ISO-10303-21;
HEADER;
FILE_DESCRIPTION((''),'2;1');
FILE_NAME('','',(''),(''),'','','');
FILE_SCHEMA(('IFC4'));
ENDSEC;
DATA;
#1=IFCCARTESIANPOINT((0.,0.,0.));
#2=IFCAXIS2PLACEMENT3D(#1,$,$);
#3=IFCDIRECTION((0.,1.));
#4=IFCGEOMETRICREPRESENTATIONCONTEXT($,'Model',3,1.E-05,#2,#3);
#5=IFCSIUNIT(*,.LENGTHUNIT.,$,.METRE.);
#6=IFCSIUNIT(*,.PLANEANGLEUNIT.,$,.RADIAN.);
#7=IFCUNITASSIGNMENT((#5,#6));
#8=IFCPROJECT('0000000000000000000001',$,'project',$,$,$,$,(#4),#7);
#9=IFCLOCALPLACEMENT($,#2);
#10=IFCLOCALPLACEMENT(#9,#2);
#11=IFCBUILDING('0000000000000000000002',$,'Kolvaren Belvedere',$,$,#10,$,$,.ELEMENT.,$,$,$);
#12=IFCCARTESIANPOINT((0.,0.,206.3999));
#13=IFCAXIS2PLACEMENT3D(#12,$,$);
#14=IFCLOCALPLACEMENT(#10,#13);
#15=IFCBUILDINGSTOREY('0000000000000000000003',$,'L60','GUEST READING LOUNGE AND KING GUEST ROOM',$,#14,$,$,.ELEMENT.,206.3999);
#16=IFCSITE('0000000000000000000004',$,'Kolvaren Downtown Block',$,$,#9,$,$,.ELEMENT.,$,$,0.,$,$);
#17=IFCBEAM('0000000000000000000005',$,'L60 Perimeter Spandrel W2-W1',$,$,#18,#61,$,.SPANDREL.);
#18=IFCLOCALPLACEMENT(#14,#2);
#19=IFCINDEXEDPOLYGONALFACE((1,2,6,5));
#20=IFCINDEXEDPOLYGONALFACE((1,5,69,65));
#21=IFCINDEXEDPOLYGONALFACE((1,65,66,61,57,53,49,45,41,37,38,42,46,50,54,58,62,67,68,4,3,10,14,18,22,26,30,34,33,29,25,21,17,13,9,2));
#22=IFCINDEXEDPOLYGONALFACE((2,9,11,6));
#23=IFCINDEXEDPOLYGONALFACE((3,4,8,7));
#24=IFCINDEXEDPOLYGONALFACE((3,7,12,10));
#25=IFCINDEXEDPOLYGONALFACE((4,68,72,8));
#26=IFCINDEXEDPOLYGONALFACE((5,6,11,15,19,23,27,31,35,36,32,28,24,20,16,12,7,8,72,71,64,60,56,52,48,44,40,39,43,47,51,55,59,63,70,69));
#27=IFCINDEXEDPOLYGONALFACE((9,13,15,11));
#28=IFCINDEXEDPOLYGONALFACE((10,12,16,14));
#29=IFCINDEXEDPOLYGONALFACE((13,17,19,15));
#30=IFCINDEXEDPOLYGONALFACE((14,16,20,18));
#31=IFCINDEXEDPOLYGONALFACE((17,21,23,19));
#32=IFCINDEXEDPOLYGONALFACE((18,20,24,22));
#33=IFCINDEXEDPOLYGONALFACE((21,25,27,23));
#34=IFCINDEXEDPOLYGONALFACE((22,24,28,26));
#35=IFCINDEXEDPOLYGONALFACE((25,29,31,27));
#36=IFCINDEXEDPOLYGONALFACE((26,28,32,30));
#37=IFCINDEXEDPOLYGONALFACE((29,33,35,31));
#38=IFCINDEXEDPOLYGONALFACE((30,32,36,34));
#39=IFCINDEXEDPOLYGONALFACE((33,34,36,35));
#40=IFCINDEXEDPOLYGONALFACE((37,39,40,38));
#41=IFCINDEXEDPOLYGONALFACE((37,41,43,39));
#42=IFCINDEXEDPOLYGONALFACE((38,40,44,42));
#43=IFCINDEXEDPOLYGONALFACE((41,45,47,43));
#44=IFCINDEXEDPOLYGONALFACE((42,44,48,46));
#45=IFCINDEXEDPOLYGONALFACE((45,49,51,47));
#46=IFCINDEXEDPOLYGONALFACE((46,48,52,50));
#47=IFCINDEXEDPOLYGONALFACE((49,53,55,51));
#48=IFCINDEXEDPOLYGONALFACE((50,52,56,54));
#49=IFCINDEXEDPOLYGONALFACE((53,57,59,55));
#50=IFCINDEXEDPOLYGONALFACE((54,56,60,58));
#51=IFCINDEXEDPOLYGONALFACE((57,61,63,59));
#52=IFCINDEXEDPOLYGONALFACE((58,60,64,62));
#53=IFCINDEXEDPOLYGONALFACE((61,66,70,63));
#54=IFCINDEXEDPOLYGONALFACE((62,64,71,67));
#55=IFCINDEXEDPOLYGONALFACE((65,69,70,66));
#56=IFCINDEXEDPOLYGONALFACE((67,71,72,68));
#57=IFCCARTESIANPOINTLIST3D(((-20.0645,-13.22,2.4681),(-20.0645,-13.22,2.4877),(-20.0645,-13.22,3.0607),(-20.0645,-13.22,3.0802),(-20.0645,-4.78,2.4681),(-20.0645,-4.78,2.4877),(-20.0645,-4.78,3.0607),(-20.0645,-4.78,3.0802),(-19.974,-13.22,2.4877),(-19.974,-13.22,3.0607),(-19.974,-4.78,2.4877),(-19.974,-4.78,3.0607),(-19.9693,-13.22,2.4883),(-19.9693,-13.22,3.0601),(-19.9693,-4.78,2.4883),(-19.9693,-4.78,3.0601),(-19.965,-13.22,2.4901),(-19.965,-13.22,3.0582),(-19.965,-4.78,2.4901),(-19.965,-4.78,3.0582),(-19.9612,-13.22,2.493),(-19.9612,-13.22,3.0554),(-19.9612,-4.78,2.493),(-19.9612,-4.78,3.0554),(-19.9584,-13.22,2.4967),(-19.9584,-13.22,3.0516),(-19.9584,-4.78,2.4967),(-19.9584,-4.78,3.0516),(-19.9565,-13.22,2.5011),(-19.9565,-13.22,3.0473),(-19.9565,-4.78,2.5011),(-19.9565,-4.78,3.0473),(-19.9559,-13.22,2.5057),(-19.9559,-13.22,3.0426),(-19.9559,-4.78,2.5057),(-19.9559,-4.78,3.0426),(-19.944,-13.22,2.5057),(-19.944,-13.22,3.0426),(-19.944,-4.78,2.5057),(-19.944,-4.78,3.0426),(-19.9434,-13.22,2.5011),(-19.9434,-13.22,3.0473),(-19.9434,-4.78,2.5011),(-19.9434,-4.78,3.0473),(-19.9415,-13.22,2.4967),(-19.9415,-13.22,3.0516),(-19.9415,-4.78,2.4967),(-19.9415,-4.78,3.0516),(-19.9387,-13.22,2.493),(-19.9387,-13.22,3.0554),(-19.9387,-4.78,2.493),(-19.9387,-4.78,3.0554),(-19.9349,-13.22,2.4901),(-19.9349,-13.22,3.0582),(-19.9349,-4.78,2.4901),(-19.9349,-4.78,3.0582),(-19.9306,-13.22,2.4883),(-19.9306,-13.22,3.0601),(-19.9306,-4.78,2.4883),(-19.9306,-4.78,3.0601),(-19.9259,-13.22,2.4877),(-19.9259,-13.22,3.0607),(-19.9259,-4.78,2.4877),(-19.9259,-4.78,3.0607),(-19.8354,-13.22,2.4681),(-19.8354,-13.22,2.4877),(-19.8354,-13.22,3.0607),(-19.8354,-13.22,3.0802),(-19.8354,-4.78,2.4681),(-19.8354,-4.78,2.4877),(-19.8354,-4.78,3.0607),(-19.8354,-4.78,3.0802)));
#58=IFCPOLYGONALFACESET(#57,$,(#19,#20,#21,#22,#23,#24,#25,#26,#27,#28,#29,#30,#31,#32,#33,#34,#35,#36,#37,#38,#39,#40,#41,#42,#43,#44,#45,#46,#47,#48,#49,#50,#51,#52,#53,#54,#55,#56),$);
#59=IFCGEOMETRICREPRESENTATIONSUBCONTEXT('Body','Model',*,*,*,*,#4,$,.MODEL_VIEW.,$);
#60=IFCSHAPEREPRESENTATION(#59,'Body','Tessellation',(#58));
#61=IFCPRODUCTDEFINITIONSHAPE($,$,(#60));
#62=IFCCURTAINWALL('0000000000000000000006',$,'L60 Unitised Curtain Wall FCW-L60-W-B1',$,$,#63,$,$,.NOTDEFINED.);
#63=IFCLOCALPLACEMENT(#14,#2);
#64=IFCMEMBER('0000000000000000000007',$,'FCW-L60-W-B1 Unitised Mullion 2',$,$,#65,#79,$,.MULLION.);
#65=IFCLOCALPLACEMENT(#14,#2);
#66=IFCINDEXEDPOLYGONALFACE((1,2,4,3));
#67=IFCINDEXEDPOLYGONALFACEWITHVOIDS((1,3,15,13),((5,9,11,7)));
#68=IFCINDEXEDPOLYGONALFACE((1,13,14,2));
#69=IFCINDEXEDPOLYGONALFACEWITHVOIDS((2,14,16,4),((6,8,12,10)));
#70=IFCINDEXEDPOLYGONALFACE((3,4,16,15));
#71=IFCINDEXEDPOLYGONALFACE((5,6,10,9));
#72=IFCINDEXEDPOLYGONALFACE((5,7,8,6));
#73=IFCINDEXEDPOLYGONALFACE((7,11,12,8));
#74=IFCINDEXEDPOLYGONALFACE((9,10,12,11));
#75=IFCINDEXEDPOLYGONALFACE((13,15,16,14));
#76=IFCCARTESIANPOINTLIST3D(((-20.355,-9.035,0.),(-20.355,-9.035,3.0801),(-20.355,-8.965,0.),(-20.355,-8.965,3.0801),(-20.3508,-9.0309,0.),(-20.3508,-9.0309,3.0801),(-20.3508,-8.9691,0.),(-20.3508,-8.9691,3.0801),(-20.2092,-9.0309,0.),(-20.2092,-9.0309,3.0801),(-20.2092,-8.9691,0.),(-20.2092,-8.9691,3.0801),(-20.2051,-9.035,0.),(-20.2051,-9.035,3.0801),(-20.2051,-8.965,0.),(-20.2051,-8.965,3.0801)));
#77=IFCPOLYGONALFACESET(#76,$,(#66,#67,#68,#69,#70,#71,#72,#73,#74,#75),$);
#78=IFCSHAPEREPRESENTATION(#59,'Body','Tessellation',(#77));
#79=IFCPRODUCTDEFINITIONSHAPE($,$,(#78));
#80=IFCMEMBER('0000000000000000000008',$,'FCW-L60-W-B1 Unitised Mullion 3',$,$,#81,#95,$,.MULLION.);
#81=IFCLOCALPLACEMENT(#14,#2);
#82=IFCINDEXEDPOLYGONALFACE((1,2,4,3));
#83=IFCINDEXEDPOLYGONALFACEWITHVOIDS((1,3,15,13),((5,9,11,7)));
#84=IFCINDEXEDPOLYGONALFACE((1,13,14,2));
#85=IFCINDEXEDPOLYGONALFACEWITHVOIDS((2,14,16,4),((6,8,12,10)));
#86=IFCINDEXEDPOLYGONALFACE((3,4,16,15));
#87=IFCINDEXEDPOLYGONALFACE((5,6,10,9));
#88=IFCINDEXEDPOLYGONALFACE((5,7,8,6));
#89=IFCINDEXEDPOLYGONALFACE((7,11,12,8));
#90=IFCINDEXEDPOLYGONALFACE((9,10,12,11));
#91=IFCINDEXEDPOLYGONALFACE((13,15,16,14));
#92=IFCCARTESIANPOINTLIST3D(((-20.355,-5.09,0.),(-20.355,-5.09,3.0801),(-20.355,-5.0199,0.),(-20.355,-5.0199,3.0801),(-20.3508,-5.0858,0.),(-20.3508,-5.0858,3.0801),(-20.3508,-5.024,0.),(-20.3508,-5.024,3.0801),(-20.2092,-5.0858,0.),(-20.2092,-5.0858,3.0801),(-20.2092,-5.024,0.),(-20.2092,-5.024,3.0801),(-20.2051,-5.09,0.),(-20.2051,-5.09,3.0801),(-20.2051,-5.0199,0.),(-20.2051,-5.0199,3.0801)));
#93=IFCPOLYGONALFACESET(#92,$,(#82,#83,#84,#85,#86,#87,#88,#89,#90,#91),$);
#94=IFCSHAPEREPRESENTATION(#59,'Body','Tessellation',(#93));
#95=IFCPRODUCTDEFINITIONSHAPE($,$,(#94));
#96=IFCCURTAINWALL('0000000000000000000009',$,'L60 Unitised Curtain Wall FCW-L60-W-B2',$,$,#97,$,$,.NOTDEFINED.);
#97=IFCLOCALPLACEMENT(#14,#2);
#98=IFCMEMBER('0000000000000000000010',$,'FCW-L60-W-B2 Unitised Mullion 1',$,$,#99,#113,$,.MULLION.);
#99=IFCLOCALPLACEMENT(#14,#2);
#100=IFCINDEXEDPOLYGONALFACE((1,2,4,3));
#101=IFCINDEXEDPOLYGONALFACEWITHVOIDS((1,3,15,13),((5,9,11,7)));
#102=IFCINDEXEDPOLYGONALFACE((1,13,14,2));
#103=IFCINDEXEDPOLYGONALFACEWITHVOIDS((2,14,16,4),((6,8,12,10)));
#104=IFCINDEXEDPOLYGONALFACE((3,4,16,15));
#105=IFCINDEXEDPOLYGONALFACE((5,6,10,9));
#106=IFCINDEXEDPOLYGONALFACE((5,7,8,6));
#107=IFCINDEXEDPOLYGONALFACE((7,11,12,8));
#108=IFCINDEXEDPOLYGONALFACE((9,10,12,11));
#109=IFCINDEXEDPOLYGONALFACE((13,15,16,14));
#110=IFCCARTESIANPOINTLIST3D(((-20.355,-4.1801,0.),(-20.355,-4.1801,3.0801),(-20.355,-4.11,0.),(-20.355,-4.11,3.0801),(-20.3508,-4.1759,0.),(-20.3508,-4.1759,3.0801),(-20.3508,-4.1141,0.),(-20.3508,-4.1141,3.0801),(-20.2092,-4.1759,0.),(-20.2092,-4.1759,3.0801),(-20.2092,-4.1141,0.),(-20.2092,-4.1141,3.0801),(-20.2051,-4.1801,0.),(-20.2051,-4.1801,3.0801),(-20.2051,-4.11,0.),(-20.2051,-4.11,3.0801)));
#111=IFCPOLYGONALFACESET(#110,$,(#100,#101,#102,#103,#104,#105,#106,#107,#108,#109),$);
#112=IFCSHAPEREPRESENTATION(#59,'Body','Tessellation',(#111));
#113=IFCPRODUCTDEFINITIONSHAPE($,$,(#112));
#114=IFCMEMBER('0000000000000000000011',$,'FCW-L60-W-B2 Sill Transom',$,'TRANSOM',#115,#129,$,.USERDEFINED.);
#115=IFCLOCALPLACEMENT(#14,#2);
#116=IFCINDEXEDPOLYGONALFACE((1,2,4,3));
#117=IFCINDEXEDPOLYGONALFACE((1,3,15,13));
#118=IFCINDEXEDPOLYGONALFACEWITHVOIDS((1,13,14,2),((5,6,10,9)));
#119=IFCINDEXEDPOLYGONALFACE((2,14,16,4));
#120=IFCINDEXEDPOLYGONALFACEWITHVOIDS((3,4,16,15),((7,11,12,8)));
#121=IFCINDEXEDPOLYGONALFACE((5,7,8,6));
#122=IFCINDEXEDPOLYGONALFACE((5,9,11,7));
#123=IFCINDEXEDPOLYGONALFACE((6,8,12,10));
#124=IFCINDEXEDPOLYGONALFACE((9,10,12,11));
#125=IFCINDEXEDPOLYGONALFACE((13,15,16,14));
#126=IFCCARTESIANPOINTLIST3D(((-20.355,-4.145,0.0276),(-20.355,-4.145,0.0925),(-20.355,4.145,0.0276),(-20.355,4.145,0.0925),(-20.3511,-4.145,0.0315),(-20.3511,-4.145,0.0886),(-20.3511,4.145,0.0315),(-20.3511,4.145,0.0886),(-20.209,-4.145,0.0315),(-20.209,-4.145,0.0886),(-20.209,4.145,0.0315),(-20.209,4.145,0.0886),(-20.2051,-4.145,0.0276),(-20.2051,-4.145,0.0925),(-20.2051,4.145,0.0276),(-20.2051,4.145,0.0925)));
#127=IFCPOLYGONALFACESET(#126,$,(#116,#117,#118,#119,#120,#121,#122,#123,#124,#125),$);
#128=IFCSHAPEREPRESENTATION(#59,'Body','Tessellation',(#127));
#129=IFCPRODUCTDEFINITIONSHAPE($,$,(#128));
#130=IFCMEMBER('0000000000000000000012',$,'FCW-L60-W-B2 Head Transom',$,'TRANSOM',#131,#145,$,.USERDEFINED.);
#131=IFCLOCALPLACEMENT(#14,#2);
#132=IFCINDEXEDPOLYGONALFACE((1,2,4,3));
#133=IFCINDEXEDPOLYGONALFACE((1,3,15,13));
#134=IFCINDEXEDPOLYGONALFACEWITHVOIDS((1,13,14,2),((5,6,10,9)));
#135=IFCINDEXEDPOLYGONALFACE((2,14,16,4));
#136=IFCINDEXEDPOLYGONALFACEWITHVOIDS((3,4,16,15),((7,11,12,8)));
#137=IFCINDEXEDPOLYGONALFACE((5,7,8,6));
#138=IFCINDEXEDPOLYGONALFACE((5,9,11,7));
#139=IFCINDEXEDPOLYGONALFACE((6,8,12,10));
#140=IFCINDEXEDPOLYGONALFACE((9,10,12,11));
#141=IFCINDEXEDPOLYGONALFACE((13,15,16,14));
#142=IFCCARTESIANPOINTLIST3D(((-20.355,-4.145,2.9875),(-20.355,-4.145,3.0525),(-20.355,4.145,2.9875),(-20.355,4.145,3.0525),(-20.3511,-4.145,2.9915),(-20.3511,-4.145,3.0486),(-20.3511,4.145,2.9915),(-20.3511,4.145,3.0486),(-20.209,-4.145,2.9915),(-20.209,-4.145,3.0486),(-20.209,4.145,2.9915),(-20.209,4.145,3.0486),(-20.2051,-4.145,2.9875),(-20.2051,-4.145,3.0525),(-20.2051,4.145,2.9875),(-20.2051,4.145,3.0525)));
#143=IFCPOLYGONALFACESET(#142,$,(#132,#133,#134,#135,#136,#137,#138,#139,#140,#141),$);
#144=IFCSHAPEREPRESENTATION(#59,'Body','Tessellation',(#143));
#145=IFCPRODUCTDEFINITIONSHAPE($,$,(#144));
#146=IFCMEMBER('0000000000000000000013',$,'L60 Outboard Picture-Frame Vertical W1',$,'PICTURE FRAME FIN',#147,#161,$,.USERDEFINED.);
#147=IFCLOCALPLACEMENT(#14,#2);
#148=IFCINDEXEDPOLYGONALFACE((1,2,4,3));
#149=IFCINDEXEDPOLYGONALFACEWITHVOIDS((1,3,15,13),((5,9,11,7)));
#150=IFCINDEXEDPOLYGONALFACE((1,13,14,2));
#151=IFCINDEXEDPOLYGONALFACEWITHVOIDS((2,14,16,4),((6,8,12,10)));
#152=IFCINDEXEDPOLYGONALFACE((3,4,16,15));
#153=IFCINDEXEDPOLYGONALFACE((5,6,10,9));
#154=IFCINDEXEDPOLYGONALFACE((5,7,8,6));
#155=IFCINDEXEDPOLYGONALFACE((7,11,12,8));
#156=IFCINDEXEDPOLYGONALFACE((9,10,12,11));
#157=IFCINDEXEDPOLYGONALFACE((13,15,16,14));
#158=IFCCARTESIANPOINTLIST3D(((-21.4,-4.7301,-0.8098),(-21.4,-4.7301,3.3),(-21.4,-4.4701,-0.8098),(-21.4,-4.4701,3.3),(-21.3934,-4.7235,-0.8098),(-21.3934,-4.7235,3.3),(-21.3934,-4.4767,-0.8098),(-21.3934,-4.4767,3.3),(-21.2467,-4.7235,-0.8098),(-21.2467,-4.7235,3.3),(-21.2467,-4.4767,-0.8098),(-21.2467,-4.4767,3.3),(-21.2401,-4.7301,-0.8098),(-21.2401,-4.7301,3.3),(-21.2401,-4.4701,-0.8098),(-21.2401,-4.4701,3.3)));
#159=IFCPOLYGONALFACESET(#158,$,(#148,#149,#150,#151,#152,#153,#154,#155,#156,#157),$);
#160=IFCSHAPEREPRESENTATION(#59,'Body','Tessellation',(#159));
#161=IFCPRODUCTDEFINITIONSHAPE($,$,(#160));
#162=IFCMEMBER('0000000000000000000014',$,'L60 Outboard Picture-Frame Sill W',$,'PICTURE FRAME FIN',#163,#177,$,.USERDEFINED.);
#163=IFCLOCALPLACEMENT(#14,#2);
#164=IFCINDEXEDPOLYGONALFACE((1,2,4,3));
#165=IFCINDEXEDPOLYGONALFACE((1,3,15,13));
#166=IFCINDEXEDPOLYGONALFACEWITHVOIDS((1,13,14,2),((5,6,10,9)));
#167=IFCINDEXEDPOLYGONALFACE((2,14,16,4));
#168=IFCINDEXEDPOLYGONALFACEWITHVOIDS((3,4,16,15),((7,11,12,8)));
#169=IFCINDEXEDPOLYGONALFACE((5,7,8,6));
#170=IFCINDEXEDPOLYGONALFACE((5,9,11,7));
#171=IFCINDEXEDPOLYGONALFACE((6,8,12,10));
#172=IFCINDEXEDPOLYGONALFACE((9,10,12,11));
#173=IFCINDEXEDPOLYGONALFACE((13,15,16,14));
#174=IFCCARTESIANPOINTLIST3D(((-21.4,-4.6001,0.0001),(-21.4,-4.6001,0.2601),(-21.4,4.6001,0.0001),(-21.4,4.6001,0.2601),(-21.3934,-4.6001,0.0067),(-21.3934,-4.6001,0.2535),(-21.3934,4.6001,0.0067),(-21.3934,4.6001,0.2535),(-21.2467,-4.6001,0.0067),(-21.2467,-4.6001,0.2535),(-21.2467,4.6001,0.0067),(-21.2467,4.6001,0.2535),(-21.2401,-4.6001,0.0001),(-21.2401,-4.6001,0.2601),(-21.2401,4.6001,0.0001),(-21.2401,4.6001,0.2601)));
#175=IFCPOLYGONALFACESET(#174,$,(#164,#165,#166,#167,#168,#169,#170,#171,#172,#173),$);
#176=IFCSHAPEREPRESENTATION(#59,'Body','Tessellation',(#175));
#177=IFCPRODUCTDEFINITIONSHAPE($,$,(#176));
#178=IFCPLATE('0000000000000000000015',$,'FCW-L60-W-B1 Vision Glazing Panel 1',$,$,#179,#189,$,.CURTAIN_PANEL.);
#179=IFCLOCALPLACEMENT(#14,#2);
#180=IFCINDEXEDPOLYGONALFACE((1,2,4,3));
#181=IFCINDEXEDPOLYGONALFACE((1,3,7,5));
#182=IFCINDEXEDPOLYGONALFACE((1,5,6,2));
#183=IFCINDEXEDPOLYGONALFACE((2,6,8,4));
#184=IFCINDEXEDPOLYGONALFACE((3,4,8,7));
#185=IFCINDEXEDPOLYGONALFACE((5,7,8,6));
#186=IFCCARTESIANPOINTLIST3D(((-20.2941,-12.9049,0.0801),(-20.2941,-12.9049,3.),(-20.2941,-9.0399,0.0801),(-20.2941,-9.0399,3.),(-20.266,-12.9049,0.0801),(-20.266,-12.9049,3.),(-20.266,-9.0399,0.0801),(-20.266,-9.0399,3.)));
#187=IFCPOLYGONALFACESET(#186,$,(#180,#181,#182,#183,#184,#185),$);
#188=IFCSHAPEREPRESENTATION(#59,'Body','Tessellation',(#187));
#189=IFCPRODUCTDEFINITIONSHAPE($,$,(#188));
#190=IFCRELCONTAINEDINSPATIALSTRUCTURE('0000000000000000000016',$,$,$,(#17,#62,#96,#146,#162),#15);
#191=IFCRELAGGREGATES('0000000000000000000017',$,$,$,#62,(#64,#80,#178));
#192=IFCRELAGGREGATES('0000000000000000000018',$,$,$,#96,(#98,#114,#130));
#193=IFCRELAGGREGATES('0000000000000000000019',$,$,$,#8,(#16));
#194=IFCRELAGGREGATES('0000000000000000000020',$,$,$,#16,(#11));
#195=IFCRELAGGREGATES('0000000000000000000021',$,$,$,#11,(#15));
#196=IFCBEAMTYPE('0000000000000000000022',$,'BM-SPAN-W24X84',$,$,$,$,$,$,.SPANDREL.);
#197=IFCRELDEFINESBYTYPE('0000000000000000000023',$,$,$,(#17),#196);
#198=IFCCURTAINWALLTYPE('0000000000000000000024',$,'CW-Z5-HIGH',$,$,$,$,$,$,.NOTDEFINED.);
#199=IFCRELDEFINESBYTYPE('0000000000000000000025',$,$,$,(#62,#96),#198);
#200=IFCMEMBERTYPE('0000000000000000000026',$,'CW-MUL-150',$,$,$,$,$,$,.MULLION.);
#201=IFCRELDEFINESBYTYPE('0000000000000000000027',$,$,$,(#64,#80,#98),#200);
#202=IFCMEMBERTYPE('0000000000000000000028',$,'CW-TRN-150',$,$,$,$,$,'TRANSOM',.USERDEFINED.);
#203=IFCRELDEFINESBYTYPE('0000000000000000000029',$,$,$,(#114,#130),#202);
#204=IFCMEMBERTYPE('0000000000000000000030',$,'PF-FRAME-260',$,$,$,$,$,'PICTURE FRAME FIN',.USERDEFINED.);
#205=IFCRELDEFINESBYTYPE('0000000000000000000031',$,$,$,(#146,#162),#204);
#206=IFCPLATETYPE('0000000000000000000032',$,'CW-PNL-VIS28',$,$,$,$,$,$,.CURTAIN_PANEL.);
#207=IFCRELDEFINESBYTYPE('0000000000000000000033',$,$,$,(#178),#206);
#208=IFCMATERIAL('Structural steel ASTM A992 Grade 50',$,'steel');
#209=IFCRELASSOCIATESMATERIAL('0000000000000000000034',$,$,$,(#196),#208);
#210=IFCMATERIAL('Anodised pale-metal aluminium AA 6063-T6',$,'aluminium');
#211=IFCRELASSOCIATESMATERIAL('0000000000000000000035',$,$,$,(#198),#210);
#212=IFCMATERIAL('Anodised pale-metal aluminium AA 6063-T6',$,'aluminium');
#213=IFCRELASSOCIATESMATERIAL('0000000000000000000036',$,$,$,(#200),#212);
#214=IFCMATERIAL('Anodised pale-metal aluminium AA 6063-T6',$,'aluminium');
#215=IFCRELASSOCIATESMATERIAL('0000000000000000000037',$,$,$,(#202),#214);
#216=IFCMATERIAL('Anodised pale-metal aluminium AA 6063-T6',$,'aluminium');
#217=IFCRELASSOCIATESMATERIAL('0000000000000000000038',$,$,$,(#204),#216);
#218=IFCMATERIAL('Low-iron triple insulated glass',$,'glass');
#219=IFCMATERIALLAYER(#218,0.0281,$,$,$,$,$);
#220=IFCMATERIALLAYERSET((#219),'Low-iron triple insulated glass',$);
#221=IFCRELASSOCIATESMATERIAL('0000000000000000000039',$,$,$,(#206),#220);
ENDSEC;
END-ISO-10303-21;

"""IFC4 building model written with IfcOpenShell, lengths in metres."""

from ifc_helpers import new_model, si_unit, direction, frame, origin, origin_2d, place, context, subcontext, project, spatial, rectangle, hollow_rectangle, i_section, extrude, material, layer, layer_set, material_profile, profile_set, type_object, element, aggregate, save


model = new_model("IFC4")

# Units and contexts
model_context = context("Model", 3, precision=1e-05, world=origin(), true_north=direction((0.0, 1.0)))
body_context = subcontext(model_context, "Body", "Model", "MODEL_VIEW")
ifc_project = project(units=[si_unit("LENGTHUNIT", "METRE"), si_unit("PLANEANGLEUNIT", "RADIAN")], contexts=[model_context])

# Site, building, storey
site_placement = place(None, origin())
site = spatial("IfcSite", under=ifc_project, at=site_placement, Name="Kolvaren Downtown Block", CompositionType="ELEMENT", RefElevation=0.0)
building_placement = place(site_placement, origin())
building = spatial("IfcBuilding", under=site, at=building_placement, Name="Kolvaren Belvedere", CompositionType="ELEMENT")
storey_placement = place(building_placement, frame((0.0, 0.0, 206.3999)))
storey = spatial("IfcBuildingStorey", under=building, at=storey_placement, Name="L60", Description="GUEST READING LOUNGE AND KING GUEST ROOM", CompositionType="ELEMENT", Elevation=206.3999)

# Beam
ifc_material_1 = material(Name="Structural steel ASTM A992 Grade 50", Category="steel")
ifc_material_profile_1 = material_profile(ifc_material_1, i_section(OverallWidth=0.229, OverallDepth=0.6121, WebThickness=0.012, FlangeThickness=0.0195, FilletRadius=0.0181, at=origin_2d()), Name="W24X84")
ifc_profile_set_1 = profile_set([ifc_material_profile_1], Name="Structural steel ASTM A992 Grade 50")
beam_type_1 = type_object("IfcBeamType", Name="BM-SPAN-W24X84", PredefinedType="SPANDREL", material=ifc_profile_set_1)
beam_1_placement = place(storey_placement, frame((-19.95, -4.78, 2.7742), z_axis=(0.0, -1.0, 0.0), x_axis=(1.0, 0.0, 0.0)))
element("IfcBeam", 1, at=beam_1_placement, inside=storey, type_object=beam_type_1, Name="L60 Perimeter Spandrel W2-W1", PredefinedType="SPANDREL", context=body_context, shape_type="SweptSolid", body=[
    extrude(i_section(OverallWidth=0.229, OverallDepth=0.6121, WebThickness=0.012, FlangeThickness=0.0195, FilletRadius=0.0181, at=origin_2d()), origin(), (0.0, 0.0, 1.0), 8.4399),
])

# Curtain walls, members
ifc_material_2 = material(Name="Anodised pale-metal aluminium AA 6063-T6", Category="aluminium")
curtain_wall_type = type_object("IfcCurtainWallType", Name="CW-Z5-HIGH", PredefinedType="NOTDEFINED", material=ifc_material_2)
curtain_wall_1_placement = place(storey_placement, origin())
curtain_wall_1 = element("IfcCurtainWall", 2, at=curtain_wall_1_placement, inside=storey, type_object=curtain_wall_type, Name="L60 Unitised Curtain Wall FCW-L60-W-B1", PredefinedType="NOTDEFINED")
ifc_material_3 = material(Name="Anodised pale-metal aluminium AA 6063-T6", Category="aluminium")
ifc_material_profile_2 = material_profile(ifc_material_3, hollow_rectangle(XDim=0.0701, YDim=0.1499, WallThickness=0.0042, at=origin_2d()), Name="ALU-MUL-150X70")
ifc_profile_set_2 = profile_set([ifc_material_profile_2], Name="Anodised pale-metal aluminium AA 6063-T6")
member_type_1 = type_object("IfcMemberType", Name="CW-MUL-150", PredefinedType="MULLION", material=ifc_profile_set_2)
member_1_placement = place(storey_placement, frame((-20.28, -9.0, 0.0), z_axis=(0.0, 0.0, 1.0), x_axis=(0.0, 1.0, 0.0)))
member_1 = element("IfcMember", 3, at=member_1_placement, type_object=member_type_1, Name="FCW-L60-W-B1 Unitised Mullion 2", PredefinedType="MULLION", context=body_context, shape_type="SweptSolid", body=[
    extrude(hollow_rectangle(XDim=0.0701, YDim=0.1499, WallThickness=0.0042, at=origin_2d()), origin(), (0.0, 0.0, 1.0), 3.0801),
])
member_2_placement = place(storey_placement, frame((-20.28, -5.0549, 0.0), z_axis=(0.0, 0.0, 1.0), x_axis=(0.0, 1.0, 0.0)))
member_2 = element("IfcMember", 4, at=member_2_placement, type_object=member_type_1, Name="FCW-L60-W-B1 Unitised Mullion 3", PredefinedType="MULLION", context=body_context, shape_type="SweptSolid", body=[
    extrude(hollow_rectangle(XDim=0.0701, YDim=0.1499, WallThickness=0.0042, at=origin_2d()), origin(), (0.0, 0.0, 1.0), 3.0801),
])
curtain_wall_2_placement = place(storey_placement, origin())
curtain_wall_2 = element("IfcCurtainWall", 5, at=curtain_wall_2_placement, inside=storey, type_object=curtain_wall_type, Name="L60 Unitised Curtain Wall FCW-L60-W-B2", PredefinedType="NOTDEFINED")
member_3_placement = place(storey_placement, frame((-20.28, -4.145, 0.0), z_axis=(0.0, 0.0, 1.0), x_axis=(0.0, 1.0, 0.0)))
member_3 = element("IfcMember", 6, at=member_3_placement, type_object=member_type_1, Name="FCW-L60-W-B2 Unitised Mullion 1", PredefinedType="MULLION", context=body_context, shape_type="SweptSolid", body=[
    extrude(hollow_rectangle(XDim=0.0701, YDim=0.1499, WallThickness=0.0042, at=origin_2d()), origin(), (0.0, 0.0, 1.0), 3.0801),
])
ifc_material_4 = material(Name="Anodised pale-metal aluminium AA 6063-T6", Category="aluminium")
ifc_material_profile_3 = material_profile(ifc_material_4, hollow_rectangle(XDim=0.0649, YDim=0.1499, WallThickness=0.0039, at=origin_2d()), Name="ALU-TRN-150X65")
ifc_profile_set_3 = profile_set([ifc_material_profile_3], Name="Anodised pale-metal aluminium AA 6063-T6")
member_type_2 = type_object("IfcMemberType", Name="CW-TRN-150", ElementType="TRANSOM", PredefinedType="USERDEFINED", material=ifc_profile_set_3)
member_4_placement = place(storey_placement, frame((-20.28, -4.145, 0.0601), z_axis=(0.0, 1.0, 0.0), x_axis=(0.0, 0.0, 1.0)))
member_4 = element("IfcMember", 7, at=member_4_placement, type_object=member_type_2, Name="FCW-L60-W-B2 Sill Transom", ObjectType="TRANSOM", PredefinedType="USERDEFINED", context=body_context, shape_type="SweptSolid", body=[
    extrude(hollow_rectangle(XDim=0.0649, YDim=0.1499, WallThickness=0.0039, at=origin_2d()), origin(), (0.0, 0.0, 1.0), 8.29),
])
member_5_placement = place(storey_placement, frame((-20.28, -4.145, 3.02), z_axis=(0.0, 1.0, 0.0), x_axis=(0.0, 0.0, 1.0)))
member_5 = element("IfcMember", 8, at=member_5_placement, type_object=member_type_2, Name="FCW-L60-W-B2 Head Transom", ObjectType="TRANSOM", PredefinedType="USERDEFINED", context=body_context, shape_type="SweptSolid", body=[
    extrude(hollow_rectangle(XDim=0.0649, YDim=0.1499, WallThickness=0.0039, at=origin_2d()), origin(), (0.0, 0.0, 1.0), 8.29),
])

# Members
ifc_material_5 = material(Name="Anodised pale-metal aluminium AA 6063-T6", Category="aluminium")
ifc_material_profile_4 = material_profile(ifc_material_5, hollow_rectangle(XDim=0.1599, YDim=0.26, WallThickness=0.0066, at=origin_2d()), Name="ALU-PF-260X160")
ifc_profile_set_4 = profile_set([ifc_material_profile_4], Name="Anodised pale-metal aluminium AA 6063-T6")
member_type_3 = type_object("IfcMemberType", Name="PF-FRAME-260", ElementType="PICTURE FRAME FIN", PredefinedType="USERDEFINED", material=ifc_profile_set_4)
member_6_placement = place(storey_placement, frame((-21.3201, -4.6001, -0.8098), z_axis=(0.0, 0.0, 1.0), x_axis=(1.0, 0.0, 0.0)))
element("IfcMember", 9, at=member_6_placement, inside=storey, type_object=member_type_3, Name="L60 Outboard Picture-Frame Vertical W1", ObjectType="PICTURE FRAME FIN", PredefinedType="USERDEFINED", context=body_context, shape_type="SweptSolid", body=[
    extrude(hollow_rectangle(XDim=0.1599, YDim=0.26, WallThickness=0.0066, at=origin_2d()), origin(), (0.0, 0.0, 1.0), 4.1099),
])
member_7_placement = place(storey_placement, frame((-21.3201, -4.6001, 0.1301), z_axis=(0.0, 1.0, 0.0), x_axis=(-1.0, 0.0, 0.0)))
element("IfcMember", 10, at=member_7_placement, inside=storey, type_object=member_type_3, Name="L60 Outboard Picture-Frame Sill W", ObjectType="PICTURE FRAME FIN", PredefinedType="USERDEFINED", context=body_context, shape_type="SweptSolid", body=[
    extrude(hollow_rectangle(XDim=0.1599, YDim=0.26, WallThickness=0.0066, at=origin_2d()), origin(), (0.0, 0.0, 1.0), 9.2002),
])

# Plate
ifc_material_6 = material(Name="Low-iron triple insulated glass", Category="glass")
ifc_layer_1 = layer(ifc_material_6, 0.0281)
ifc_layer_set_1 = layer_set([ifc_layer_1], Name="Low-iron triple insulated glass")
plate_type_1 = type_object("IfcPlateType", Name="CW-PNL-VIS28", PredefinedType="CURTAIN_PANEL", material=ifc_layer_set_1)
plate_1_placement = place(storey_placement, frame((-20.28, -10.9724, 0.0801), z_axis=(0.0, 0.0, 1.0), x_axis=(0.0, 1.0, 0.0)))
plate_1 = element("IfcPlate", 11, at=plate_1_placement, type_object=plate_type_1, Name="FCW-L60-W-B1 Vision Glazing Panel 1", PredefinedType="CURTAIN_PANEL", context=body_context, shape_type="SweptSolid", body=[
    extrude(rectangle(XDim=3.865, YDim=0.0281, at=origin_2d()), origin(), (0.0, 0.0, 1.0), 2.9199),
])
aggregate(curtain_wall_1, [member_1, member_2, plate_1])
aggregate(curtain_wall_2, [member_3, member_4, member_5])

save(model, "model.ifc")
